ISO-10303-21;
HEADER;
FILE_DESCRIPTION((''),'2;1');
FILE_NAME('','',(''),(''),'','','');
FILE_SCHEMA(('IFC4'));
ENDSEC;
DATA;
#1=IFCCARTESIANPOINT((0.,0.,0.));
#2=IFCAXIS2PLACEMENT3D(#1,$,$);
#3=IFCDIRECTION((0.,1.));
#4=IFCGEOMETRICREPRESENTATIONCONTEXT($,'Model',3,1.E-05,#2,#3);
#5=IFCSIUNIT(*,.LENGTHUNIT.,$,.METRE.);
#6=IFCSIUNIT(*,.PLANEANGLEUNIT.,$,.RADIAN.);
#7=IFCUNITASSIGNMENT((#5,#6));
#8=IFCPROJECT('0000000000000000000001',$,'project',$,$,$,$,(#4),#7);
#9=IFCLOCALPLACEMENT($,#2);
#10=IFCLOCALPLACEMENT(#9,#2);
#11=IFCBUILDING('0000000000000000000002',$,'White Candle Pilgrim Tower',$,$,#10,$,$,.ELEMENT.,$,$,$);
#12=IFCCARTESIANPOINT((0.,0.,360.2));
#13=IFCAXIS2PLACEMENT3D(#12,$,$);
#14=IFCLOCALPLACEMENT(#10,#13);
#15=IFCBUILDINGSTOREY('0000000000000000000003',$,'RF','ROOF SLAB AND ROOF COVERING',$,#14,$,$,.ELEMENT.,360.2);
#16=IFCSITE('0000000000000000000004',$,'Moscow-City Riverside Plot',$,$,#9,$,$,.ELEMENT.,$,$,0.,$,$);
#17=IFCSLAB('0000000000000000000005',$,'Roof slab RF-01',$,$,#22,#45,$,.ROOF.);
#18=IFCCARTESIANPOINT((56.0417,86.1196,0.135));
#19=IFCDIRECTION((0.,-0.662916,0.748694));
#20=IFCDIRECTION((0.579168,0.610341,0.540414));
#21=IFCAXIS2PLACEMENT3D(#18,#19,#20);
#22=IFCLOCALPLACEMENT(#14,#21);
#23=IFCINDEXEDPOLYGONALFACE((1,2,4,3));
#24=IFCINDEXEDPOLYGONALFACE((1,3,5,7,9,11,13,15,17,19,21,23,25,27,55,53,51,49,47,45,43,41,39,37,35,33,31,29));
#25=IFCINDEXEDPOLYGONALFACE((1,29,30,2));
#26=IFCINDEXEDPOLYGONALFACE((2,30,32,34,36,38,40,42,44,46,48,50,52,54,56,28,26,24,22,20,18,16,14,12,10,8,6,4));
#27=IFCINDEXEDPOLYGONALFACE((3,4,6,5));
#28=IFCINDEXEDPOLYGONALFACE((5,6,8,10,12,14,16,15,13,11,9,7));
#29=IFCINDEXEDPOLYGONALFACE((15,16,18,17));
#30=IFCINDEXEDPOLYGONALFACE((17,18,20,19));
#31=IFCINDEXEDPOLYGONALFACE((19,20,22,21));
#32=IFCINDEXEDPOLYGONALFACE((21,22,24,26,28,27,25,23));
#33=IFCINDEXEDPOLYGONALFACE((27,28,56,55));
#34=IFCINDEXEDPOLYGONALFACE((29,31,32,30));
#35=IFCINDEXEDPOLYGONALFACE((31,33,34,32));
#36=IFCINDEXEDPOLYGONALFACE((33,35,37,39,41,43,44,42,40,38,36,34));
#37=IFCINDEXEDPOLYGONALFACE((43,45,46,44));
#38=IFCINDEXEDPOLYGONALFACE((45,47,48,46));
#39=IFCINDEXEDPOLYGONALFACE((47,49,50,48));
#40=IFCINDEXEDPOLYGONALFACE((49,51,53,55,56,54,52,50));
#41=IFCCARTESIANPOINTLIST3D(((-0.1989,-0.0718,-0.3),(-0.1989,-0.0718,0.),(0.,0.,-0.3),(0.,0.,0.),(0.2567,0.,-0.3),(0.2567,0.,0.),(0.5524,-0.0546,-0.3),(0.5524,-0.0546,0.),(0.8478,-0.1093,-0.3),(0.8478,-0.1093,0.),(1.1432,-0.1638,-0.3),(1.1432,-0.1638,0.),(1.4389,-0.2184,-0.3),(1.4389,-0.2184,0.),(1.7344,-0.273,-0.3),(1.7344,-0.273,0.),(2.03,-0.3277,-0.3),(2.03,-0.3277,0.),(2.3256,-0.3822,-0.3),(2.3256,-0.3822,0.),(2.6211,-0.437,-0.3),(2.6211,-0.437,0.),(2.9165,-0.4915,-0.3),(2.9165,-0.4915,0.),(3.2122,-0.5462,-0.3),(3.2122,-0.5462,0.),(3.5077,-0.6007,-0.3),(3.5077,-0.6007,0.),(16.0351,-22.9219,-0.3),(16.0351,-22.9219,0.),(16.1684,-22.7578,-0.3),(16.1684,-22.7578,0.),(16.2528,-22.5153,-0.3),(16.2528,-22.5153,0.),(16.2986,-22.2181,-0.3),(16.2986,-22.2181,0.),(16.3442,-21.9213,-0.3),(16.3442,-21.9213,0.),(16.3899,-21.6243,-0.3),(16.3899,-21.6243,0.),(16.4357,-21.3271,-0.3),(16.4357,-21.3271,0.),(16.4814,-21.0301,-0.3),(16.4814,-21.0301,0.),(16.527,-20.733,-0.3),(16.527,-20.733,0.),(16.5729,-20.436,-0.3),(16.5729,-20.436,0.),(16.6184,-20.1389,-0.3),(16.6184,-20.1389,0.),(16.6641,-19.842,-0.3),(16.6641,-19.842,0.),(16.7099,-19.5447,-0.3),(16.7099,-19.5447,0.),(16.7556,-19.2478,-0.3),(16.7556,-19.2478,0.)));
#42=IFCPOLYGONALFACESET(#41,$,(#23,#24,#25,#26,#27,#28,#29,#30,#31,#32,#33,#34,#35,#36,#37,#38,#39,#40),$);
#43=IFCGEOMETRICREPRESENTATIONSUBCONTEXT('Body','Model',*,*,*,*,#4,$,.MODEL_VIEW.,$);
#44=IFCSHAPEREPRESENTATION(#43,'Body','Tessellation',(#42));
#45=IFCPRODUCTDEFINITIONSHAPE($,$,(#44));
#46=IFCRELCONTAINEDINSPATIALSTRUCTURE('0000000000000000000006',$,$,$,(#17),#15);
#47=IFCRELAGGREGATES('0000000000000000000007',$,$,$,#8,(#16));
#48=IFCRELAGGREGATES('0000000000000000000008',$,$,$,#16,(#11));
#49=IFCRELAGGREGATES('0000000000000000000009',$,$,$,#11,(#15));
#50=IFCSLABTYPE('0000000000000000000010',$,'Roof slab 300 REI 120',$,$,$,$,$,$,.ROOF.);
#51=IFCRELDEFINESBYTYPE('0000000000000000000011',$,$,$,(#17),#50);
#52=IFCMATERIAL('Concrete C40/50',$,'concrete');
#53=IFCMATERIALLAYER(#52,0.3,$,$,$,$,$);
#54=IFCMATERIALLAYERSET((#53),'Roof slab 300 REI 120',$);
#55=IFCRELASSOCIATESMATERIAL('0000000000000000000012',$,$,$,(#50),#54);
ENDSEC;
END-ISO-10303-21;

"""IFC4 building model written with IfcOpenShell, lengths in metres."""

from ifc_helpers import new_model, si_unit, direction, frame, origin, place, context, subcontext, project, spatial, polyline, outline, extrude, material, layer, layer_set, type_object, element, save


model = new_model("IFC4")

# Units and contexts
model_context = context("Model", 3, precision=1e-05, world=origin(), true_north=direction((0.0, 1.0)))
body_context = subcontext(model_context, "Body", "Model", "MODEL_VIEW")
ifc_project = project(units=[si_unit("LENGTHUNIT", "METRE"), si_unit("PLANEANGLEUNIT", "RADIAN")], contexts=[model_context])

# Site, building, storey
site_placement = place(None, origin())
site = spatial("IfcSite", under=ifc_project, at=site_placement, Name="Moscow-City Riverside Plot", CompositionType="ELEMENT", RefElevation=0.0)
building_placement = place(site_placement, origin())
building = spatial("IfcBuilding", under=site, at=building_placement, Name="White Candle Pilgrim Tower", CompositionType="ELEMENT")
storey_placement = place(building_placement, frame((0.0, 0.0, 360.2)))
storey = spatial("IfcBuildingStorey", under=building, at=storey_placement, Name="RF", Description="ROOF SLAB AND ROOF COVERING", CompositionType="ELEMENT", Elevation=360.2)

# Slab
ifc_material_1 = material(Name="Concrete C40/50", Category="concrete")
ifc_layer_1 = layer(ifc_material_1, 0.3)
ifc_layer_set_1 = layer_set([ifc_layer_1], Name="Roof slab 300 REI 120")
slab_type = type_object("IfcSlabType", Name="Roof slab 300 REI 120", PredefinedType="ROOF", material=ifc_layer_set_1)
slab_placement = place(storey_placement, frame((56.0417, 86.1196, 0.135), z_axis=(0.0, -0.662916, 0.748694), x_axis=(0.579168, 0.610341, 0.540414)))
element("IfcSlab", 1, at=slab_placement, inside=storey, type_object=slab_type, Name="Roof slab RF-01", PredefinedType="ROOF", context=body_context, shape_type="SweptSolid", body=[
    extrude(outline(polyline([(0.0, 0.0), (0.2567, 0.0), (0.5524, -0.0546), (0.8478, -0.1093), (1.1432, -0.1638), (1.4389, -0.2184), (1.7344, -0.273), (2.03, -0.3277), (2.3256, -0.3822), (2.6211, -0.437), (2.9165, -0.4915), (3.2122, -0.5462), (3.5077, -0.6007), (16.7556, -19.2478), (16.7099, -19.5447), (16.6641, -19.842), (16.6184, -20.1389), (16.5729, -20.436), (16.527, -20.733), (16.4814, -21.0301), (16.4357, -21.3271), (16.3899, -21.6243), (16.3442, -21.9213), (16.2986, -22.2181), (16.2528, -22.5153), (16.1684, -22.7578), (16.0351, -22.9219), (-0.1989, -0.0718), (0.0, 0.0)])), origin(), (0.0, 0.0, -1.0), 0.3),
])

save(model, "model.ifc")
